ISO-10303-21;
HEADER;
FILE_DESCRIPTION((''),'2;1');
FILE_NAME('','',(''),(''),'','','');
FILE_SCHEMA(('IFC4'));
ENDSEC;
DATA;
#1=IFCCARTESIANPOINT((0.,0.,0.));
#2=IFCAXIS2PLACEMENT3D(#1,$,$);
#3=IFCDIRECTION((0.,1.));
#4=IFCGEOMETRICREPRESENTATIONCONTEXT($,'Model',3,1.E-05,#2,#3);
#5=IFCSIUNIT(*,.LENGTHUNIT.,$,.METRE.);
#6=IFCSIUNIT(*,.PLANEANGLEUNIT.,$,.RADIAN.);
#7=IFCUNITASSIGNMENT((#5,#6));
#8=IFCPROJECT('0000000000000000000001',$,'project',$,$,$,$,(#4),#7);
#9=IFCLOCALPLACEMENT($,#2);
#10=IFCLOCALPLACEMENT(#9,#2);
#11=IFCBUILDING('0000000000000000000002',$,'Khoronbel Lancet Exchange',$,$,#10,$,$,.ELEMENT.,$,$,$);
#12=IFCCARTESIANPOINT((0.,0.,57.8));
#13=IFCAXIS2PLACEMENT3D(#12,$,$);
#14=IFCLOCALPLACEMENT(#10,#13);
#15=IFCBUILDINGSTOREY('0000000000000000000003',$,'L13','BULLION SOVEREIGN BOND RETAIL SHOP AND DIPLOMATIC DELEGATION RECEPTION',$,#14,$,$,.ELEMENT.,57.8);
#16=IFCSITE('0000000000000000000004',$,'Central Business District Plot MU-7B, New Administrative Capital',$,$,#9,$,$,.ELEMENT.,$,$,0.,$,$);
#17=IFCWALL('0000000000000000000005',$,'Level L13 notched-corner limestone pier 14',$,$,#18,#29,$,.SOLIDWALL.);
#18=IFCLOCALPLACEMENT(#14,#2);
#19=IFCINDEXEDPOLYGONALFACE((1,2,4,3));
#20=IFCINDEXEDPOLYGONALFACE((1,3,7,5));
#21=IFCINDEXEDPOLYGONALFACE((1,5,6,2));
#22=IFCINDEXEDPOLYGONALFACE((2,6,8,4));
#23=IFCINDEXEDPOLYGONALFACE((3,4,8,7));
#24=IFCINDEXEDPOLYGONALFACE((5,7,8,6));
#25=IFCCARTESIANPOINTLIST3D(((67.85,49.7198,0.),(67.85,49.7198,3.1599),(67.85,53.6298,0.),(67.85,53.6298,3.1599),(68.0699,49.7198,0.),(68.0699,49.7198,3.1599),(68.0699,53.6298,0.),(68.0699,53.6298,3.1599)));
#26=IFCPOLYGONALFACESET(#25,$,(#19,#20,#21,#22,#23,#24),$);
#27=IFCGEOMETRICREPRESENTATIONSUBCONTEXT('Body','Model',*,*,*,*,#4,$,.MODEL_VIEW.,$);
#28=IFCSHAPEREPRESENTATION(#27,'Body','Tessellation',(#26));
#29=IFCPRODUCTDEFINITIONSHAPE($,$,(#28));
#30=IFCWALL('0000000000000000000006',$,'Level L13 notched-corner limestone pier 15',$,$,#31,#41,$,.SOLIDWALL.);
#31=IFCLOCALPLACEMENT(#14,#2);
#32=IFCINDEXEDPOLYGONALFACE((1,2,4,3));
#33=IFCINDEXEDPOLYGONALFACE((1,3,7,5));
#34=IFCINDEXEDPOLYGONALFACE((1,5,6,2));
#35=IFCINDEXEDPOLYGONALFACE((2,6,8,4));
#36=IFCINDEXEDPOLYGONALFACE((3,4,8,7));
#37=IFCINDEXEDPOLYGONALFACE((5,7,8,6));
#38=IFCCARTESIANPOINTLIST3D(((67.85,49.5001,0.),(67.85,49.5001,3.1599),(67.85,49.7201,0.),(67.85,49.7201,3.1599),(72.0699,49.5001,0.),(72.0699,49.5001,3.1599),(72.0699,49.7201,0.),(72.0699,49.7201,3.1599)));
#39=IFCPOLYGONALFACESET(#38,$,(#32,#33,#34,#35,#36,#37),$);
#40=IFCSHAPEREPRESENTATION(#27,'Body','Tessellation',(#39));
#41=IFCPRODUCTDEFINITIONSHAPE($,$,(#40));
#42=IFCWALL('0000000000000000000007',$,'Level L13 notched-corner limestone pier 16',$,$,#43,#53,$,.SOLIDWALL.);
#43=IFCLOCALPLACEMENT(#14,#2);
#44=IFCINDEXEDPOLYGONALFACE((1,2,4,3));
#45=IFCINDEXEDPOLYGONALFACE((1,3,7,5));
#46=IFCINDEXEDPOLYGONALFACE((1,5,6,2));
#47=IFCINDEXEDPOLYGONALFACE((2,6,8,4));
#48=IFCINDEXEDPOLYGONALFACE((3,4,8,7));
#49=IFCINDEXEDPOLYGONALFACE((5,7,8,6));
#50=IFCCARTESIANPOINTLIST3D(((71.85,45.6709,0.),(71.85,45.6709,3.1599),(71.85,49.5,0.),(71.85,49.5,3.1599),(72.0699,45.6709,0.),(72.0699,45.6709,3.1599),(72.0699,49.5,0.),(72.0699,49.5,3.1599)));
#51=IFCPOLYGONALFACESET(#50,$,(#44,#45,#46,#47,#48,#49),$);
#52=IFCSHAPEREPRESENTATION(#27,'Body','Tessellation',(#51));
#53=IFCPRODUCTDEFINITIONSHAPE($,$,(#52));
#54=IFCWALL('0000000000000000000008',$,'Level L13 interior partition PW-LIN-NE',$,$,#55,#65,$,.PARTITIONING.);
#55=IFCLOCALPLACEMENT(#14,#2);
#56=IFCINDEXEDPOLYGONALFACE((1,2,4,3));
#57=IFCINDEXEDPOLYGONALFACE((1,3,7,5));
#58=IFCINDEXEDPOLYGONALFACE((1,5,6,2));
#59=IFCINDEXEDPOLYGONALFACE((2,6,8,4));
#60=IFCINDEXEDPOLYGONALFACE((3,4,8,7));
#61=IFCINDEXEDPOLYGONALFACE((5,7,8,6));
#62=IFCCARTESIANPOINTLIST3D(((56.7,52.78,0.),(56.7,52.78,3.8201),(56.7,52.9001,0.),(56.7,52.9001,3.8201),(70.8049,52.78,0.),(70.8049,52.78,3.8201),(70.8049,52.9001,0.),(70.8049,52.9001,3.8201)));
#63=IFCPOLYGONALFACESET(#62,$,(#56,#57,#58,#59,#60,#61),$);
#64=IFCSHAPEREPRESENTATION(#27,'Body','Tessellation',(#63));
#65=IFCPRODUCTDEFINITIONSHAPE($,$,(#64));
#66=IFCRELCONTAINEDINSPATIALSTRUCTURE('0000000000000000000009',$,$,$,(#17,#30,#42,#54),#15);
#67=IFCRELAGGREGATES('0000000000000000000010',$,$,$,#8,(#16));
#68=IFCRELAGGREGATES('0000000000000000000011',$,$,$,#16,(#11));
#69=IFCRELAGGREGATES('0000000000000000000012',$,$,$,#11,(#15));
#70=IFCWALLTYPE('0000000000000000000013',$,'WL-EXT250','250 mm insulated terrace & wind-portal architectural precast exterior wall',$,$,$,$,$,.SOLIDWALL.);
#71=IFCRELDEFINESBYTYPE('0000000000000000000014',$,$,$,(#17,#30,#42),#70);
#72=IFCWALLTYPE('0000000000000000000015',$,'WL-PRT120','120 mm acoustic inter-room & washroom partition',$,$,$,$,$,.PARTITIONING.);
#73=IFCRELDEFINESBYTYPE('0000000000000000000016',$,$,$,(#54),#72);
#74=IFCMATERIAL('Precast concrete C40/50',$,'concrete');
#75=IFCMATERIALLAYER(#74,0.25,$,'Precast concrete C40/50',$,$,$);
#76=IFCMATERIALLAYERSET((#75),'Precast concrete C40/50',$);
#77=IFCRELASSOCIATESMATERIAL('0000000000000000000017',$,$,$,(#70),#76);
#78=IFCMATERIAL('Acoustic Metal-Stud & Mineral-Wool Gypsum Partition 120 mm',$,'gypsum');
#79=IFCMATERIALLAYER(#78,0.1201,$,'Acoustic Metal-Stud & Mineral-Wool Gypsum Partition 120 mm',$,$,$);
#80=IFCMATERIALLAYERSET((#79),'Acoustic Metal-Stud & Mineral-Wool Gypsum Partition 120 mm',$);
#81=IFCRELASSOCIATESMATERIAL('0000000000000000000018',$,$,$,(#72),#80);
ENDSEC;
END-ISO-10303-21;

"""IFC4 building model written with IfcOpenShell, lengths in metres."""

from ifc_helpers import new_model, si_unit, direction, frame, frame_2d, origin, place, context, subcontext, project, spatial, rectangle, extrude, material, layer, layer_set, type_object, element, save


model = new_model("IFC4")

# Units and contexts
model_context = context("Model", 3, precision=1e-05, world=origin(), true_north=direction((0.0, 1.0)))
body_context = subcontext(model_context, "Body", "Model", "MODEL_VIEW")
ifc_project = project(units=[si_unit("LENGTHUNIT", "METRE"), si_unit("PLANEANGLEUNIT", "RADIAN")], contexts=[model_context])

# Site, building, storey
site_placement = place(None, origin())
site = spatial("IfcSite", under=ifc_project, at=site_placement, Name="Central Business District Plot MU-7B, New Administrative Capital", CompositionType="ELEMENT", RefElevation=0.0)
building_placement = place(site_placement, origin())
building = spatial("IfcBuilding", under=site, at=building_placement, Name="Khoronbel Lancet Exchange", CompositionType="ELEMENT")
storey_placement = place(building_placement, frame((0.0, 0.0, 57.8)))
storey = spatial("IfcBuildingStorey", under=building, at=storey_placement, Name="L13", Description="BULLION SOVEREIGN BOND RETAIL SHOP AND DIPLOMATIC DELEGATION RECEPTION", CompositionType="ELEMENT", Elevation=57.8)

# Walls
ifc_material_1 = material(Name="Precast concrete C40/50", Category="concrete")
ifc_layer_1 = layer(ifc_material_1, 0.25, Name="Precast concrete C40/50")
ifc_layer_set_1 = layer_set([ifc_layer_1], Name="Precast concrete C40/50")
wall_type_1 = type_object("IfcWallType", Name="WL-EXT250", Description="250 mm insulated terrace & wind-portal architectural precast exterior wall", PredefinedType="SOLIDWALL", material=ifc_layer_set_1)
wall_1_placement = place(storey_placement, frame((67.96, 53.6299, 0.0), z_axis=(0.0, 0.0, 1.0), x_axis=(0.0, -1.0, 0.0)))
element("IfcWall", 1, at=wall_1_placement, inside=storey, type_object=wall_type_1, Name="Level L13 notched-corner limestone pier 14", PredefinedType="SOLIDWALL", context=body_context, shape_type="SweptSolid", body=[
    extrude(rectangle(XDim=3.9099, YDim=0.22, at=frame_2d((1.9551, 0.0))), origin(), (0.0, 0.0, 1.0), 3.1599),
])
wall_2_placement = place(storey_placement, frame((67.8501, 49.6101, 0.0), z_axis=(0.0, 0.0, 1.0), x_axis=(1.0, 0.0, 0.0)))
element("IfcWall", 2, at=wall_2_placement, inside=storey, type_object=wall_type_1, Name="Level L13 notched-corner limestone pier 15", PredefinedType="SOLIDWALL", context=body_context, shape_type="SweptSolid", body=[
    extrude(rectangle(XDim=4.22, YDim=0.22, at=frame_2d((2.1099, 0.0))), origin(), (0.0, 0.0, 1.0), 3.1599),
])
wall_3_placement = place(storey_placement, frame((71.96, 49.5, 0.0), z_axis=(0.0, 0.0, 1.0), x_axis=(0.0, -1.0, 0.0)))
element("IfcWall", 3, at=wall_3_placement, inside=storey, type_object=wall_type_1, Name="Level L13 notched-corner limestone pier 16", PredefinedType="SOLIDWALL", context=body_context, shape_type="SweptSolid", body=[
    extrude(rectangle(XDim=3.8291, YDim=0.22, at=frame_2d((1.9146, 0.0))), origin(), (0.0, 0.0, 1.0), 3.1599),
])
ifc_material_2 = material(Name="Acoustic Metal-Stud & Mineral-Wool Gypsum Partition 120 mm", Category="gypsum")
ifc_layer_2 = layer(ifc_material_2, 0.1201, Name="Acoustic Metal-Stud & Mineral-Wool Gypsum Partition 120 mm")
ifc_layer_set_2 = layer_set([ifc_layer_2], Name="Acoustic Metal-Stud & Mineral-Wool Gypsum Partition 120 mm")
wall_type_2 = type_object("IfcWallType", Name="WL-PRT120", Description="120 mm acoustic inter-room & washroom partition", PredefinedType="PARTITIONING", material=ifc_layer_set_2)
wall_4_placement = place(storey_placement, frame((56.7, 52.8401, 0.0), z_axis=(0.0, 0.0, 1.0), x_axis=(1.0, 0.0, 0.0)))
element("IfcWall", 4, at=wall_4_placement, inside=storey, type_object=wall_type_2, Name="Level L13 interior partition PW-LIN-NE", PredefinedType="PARTITIONING", context=body_context, shape_type="SweptSolid", body=[
    extrude(rectangle(XDim=14.105, YDim=0.1201, at=frame_2d((7.0525, 0.0))), origin(), (0.0, 0.0, 1.0), 3.8201),
])

save(model, "model.ifc")
